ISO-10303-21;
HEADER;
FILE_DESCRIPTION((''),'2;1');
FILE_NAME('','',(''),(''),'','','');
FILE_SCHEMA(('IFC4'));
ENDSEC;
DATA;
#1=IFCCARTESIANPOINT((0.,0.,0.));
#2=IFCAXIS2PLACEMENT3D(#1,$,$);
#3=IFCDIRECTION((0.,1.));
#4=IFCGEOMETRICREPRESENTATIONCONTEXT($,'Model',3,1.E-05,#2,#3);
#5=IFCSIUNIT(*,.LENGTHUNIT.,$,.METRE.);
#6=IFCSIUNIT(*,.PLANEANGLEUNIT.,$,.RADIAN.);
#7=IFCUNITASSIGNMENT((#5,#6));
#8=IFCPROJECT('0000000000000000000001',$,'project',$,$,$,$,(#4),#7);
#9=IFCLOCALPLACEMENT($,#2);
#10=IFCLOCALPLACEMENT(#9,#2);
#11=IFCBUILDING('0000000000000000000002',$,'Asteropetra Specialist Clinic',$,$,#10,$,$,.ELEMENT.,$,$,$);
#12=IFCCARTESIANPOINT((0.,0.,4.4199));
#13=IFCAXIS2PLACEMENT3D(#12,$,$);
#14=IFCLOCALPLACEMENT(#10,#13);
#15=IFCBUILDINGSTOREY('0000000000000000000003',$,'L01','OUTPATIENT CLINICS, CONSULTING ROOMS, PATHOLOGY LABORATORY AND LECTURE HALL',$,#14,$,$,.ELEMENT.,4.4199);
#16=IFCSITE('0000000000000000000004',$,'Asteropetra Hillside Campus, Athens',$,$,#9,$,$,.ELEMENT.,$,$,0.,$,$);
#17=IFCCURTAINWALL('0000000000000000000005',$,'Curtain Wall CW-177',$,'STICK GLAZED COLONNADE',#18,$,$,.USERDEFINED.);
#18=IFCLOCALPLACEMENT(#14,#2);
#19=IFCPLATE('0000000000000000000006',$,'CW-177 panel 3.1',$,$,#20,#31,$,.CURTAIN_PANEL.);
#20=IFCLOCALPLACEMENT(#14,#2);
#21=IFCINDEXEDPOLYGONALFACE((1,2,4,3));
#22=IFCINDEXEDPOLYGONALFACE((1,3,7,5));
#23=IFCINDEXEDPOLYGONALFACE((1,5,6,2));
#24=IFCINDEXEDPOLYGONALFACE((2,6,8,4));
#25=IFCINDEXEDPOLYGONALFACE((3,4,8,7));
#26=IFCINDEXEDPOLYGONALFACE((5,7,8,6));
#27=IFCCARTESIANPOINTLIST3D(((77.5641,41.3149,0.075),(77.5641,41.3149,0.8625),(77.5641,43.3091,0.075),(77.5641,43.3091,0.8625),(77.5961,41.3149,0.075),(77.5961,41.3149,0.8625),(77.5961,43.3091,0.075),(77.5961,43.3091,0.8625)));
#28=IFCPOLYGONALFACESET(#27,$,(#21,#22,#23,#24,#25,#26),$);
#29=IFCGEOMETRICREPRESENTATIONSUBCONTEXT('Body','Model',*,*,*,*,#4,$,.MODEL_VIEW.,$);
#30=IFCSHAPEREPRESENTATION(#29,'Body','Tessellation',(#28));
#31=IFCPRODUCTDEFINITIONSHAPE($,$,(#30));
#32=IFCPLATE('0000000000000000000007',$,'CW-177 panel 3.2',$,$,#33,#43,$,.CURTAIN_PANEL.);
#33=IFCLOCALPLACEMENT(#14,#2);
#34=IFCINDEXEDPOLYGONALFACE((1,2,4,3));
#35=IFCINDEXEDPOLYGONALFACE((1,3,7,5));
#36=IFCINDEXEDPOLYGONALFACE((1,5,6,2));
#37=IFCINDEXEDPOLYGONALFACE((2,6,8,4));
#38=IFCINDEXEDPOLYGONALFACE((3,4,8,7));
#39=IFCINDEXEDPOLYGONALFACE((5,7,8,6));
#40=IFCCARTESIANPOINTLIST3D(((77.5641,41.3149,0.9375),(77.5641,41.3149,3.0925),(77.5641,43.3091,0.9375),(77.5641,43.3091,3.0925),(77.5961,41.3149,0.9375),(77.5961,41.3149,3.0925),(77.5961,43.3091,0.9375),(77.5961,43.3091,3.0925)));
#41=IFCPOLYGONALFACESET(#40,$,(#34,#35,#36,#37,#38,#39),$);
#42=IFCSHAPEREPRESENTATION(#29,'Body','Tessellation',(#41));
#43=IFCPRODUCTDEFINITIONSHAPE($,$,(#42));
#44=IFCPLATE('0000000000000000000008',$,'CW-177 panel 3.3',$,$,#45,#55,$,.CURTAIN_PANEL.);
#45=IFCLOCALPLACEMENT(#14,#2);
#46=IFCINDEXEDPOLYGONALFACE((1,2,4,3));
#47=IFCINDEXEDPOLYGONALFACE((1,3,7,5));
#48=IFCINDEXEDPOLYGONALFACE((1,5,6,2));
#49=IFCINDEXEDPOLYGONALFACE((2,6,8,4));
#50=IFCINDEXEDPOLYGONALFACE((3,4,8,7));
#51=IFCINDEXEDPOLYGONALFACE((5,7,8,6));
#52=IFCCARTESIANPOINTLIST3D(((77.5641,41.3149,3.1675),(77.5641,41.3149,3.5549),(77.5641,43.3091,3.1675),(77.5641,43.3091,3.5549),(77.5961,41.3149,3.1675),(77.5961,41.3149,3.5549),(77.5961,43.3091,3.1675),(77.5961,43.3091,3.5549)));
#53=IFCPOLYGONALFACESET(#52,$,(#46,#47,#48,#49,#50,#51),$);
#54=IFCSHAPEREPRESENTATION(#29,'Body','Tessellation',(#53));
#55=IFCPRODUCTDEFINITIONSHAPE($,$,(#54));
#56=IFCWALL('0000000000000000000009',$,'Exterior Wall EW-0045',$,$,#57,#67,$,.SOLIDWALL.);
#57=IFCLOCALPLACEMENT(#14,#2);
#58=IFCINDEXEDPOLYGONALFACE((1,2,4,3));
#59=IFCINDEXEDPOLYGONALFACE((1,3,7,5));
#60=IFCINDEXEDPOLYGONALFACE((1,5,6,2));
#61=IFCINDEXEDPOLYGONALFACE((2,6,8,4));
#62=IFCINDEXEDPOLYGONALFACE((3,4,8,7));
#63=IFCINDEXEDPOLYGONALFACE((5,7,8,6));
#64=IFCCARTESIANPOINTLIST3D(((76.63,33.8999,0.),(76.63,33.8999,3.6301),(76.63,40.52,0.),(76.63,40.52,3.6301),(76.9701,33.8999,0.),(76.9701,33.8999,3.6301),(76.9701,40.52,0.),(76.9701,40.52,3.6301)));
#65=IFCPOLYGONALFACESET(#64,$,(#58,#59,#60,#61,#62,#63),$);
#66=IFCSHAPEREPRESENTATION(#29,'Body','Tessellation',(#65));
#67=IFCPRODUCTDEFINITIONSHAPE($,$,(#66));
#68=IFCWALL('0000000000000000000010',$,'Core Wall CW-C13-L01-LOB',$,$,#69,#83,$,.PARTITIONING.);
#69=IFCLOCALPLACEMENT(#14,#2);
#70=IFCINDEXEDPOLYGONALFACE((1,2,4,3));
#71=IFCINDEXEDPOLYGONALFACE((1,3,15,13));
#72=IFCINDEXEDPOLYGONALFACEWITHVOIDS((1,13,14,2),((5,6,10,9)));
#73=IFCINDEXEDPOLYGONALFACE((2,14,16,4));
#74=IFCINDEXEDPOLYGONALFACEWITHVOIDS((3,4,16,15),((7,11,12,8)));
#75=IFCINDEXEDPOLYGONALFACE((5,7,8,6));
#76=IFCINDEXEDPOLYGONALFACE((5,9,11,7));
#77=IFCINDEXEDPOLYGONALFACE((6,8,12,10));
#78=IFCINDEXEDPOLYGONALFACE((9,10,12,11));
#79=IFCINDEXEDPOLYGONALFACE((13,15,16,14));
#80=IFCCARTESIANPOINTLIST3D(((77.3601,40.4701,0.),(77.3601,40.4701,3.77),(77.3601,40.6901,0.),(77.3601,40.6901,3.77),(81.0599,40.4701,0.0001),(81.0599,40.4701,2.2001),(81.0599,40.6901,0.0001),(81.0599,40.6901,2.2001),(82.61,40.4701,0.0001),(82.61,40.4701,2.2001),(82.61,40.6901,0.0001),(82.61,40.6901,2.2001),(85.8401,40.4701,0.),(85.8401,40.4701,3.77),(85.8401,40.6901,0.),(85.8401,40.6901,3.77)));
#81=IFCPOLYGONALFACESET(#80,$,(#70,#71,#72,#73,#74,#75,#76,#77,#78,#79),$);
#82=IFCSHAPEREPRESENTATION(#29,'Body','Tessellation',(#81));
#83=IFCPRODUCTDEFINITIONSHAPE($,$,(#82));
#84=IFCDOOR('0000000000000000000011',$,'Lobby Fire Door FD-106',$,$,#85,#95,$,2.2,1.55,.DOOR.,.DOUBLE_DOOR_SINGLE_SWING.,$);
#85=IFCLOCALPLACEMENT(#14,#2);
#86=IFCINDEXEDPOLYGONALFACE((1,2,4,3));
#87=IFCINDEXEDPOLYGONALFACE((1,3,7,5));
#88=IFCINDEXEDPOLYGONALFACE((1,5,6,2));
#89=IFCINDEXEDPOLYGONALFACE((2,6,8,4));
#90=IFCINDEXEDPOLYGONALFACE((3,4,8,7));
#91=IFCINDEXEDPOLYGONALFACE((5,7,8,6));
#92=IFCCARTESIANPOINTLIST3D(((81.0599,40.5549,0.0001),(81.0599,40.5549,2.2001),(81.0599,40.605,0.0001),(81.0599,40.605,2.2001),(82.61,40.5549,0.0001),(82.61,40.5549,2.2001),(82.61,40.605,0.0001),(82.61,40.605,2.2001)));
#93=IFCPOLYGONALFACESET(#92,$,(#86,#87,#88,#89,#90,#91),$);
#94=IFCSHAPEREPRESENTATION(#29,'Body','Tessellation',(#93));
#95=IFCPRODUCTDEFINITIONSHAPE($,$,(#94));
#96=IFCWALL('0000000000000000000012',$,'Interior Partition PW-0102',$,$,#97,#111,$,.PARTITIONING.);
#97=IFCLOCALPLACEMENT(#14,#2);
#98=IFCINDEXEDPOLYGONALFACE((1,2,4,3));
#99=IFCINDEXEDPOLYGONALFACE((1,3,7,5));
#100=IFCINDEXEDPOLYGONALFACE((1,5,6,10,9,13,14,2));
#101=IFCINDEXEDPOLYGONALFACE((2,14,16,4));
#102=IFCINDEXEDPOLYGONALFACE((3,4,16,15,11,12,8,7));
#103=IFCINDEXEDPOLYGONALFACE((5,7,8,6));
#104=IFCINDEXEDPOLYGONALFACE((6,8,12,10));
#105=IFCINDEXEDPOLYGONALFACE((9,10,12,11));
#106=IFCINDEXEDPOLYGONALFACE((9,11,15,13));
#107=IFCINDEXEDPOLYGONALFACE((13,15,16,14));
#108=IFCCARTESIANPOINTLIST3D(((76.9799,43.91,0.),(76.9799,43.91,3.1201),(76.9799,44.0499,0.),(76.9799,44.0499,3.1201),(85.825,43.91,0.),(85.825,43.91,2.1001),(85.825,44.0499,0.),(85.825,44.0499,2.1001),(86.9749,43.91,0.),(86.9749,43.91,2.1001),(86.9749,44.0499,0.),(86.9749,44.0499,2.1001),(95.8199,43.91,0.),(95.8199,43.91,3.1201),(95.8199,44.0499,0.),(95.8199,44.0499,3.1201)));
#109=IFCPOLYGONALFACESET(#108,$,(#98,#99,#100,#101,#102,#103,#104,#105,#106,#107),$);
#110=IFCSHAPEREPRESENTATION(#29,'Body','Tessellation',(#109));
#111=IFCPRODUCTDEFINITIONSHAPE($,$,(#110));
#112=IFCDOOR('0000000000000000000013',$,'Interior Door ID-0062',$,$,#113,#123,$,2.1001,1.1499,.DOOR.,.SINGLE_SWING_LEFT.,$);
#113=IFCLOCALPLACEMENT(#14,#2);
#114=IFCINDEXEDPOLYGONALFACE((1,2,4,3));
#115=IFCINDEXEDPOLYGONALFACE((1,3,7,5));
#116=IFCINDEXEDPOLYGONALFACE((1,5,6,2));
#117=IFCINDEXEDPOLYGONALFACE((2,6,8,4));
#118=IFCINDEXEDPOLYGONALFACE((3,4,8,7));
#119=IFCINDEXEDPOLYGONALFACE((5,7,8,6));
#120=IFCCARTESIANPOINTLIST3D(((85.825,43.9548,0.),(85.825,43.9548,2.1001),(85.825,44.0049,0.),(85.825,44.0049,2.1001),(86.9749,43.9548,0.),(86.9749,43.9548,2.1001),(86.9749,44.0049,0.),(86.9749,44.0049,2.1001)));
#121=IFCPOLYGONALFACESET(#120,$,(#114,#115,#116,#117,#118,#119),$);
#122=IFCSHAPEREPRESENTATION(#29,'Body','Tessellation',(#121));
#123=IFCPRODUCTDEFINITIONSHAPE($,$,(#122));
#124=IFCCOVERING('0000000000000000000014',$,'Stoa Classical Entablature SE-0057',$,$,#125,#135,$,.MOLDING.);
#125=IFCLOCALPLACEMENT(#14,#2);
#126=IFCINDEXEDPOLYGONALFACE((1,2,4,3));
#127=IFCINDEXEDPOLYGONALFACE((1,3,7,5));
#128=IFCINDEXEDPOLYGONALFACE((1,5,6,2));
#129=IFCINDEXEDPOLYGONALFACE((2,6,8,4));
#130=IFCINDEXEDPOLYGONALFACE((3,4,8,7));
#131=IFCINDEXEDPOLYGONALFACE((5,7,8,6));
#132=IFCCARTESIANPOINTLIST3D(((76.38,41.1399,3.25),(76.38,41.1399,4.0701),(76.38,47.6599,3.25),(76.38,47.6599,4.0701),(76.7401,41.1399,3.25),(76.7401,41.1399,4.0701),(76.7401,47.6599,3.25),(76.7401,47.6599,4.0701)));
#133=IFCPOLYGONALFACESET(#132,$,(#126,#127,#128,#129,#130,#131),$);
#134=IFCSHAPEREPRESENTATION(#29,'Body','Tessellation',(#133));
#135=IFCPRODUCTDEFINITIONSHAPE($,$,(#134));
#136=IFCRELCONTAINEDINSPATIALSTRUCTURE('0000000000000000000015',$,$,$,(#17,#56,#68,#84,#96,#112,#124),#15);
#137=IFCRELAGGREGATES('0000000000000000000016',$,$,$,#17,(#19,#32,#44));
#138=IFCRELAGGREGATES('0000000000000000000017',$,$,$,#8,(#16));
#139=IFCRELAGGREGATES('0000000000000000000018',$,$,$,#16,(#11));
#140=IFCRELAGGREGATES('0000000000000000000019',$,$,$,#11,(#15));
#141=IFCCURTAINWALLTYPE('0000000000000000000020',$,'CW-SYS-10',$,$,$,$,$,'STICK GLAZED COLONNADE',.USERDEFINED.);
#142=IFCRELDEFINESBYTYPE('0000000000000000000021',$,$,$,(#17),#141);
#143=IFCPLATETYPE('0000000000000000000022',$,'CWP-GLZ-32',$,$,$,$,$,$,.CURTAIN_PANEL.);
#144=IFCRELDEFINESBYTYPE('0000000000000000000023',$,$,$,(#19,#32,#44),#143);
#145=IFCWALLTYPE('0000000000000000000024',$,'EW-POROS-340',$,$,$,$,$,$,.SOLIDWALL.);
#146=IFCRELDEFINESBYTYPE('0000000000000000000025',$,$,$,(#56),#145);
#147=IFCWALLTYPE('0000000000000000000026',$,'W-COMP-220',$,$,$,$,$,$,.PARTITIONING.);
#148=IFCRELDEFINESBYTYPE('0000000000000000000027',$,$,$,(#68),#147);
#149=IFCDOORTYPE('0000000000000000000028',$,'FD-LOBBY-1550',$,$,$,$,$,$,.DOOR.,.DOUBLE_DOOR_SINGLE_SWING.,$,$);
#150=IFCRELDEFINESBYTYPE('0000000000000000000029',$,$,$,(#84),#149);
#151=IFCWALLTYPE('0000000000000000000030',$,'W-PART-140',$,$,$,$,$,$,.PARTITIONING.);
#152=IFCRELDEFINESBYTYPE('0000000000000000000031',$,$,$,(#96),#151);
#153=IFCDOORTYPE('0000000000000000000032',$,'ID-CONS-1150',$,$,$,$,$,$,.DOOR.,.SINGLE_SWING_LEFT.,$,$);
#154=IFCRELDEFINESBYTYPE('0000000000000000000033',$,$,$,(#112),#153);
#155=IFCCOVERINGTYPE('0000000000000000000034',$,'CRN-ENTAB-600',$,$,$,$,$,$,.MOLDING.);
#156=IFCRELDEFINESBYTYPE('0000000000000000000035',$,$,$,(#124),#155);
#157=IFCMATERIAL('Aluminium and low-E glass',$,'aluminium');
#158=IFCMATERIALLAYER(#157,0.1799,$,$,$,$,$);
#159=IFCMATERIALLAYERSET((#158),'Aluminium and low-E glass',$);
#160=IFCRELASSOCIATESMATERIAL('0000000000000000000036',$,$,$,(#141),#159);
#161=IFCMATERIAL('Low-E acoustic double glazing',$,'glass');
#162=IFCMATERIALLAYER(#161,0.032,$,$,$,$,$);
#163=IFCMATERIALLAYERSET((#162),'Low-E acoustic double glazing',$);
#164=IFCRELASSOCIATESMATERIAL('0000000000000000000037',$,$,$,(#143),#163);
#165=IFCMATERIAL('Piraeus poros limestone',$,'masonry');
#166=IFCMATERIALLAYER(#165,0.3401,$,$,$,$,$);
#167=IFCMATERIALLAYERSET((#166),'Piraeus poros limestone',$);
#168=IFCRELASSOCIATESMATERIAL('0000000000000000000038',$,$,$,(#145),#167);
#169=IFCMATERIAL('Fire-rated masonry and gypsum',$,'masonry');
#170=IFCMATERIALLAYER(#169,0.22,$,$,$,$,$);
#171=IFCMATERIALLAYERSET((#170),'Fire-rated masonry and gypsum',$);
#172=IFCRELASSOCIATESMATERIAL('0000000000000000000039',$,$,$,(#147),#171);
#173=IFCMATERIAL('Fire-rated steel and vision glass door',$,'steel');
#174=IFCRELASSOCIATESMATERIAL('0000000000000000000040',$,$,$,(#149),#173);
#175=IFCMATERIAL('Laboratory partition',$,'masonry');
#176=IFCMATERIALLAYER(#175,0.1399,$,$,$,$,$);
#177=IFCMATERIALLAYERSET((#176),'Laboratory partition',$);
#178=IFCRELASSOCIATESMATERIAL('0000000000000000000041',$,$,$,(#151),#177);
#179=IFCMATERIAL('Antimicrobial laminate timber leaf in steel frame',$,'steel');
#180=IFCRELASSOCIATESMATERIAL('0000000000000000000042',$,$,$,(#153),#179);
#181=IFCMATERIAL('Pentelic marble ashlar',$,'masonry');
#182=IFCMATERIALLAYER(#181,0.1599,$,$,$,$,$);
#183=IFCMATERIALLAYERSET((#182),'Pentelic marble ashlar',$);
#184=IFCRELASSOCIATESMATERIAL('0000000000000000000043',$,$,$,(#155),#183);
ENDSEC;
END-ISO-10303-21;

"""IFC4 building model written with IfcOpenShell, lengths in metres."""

from ifc_helpers import new_model, si_unit, direction, frame, frame_2d, origin, origin_2d, place, context, subcontext, project, spatial, rectangle, extrude, material, layer, layer_set, type_object, element, fill, aggregate, save


model = new_model("IFC4")

# Units and contexts
model_context = context("Model", 3, precision=1e-05, world=origin(), true_north=direction((0.0, 1.0)))
body_context = subcontext(model_context, "Body", "Model", "MODEL_VIEW")
ifc_project = project(units=[si_unit("LENGTHUNIT", "METRE"), si_unit("PLANEANGLEUNIT", "RADIAN")], contexts=[model_context])

# Site, building, storey
site_placement = place(None, origin())
site = spatial("IfcSite", under=ifc_project, at=site_placement, Name="Asteropetra Hillside Campus, Athens", CompositionType="ELEMENT", RefElevation=0.0)
building_placement = place(site_placement, origin())
building = spatial("IfcBuilding", under=site, at=building_placement, Name="Asteropetra Specialist Clinic", CompositionType="ELEMENT")
storey_placement = place(building_placement, frame((0.0, 0.0, 4.4199)))
storey = spatial("IfcBuildingStorey", under=building, at=storey_placement, Name="L01", Description="OUTPATIENT CLINICS, CONSULTING ROOMS, PATHOLOGY LABORATORY AND LECTURE HALL", CompositionType="ELEMENT", Elevation=4.4199)

# Curtain wall
ifc_material_1 = material(Name="Aluminium and low-E glass", Category="aluminium")
ifc_layer_1 = layer(ifc_material_1, 0.1799)
ifc_layer_set_1 = layer_set([ifc_layer_1], Name="Aluminium and low-E glass")
curtain_wall_type = type_object("IfcCurtainWallType", Name="CW-SYS-10", ElementType="STICK GLAZED COLONNADE", PredefinedType="USERDEFINED", material=ifc_layer_set_1)
curtain_wall_placement = place(storey_placement, origin())
curtain_wall = element("IfcCurtainWall", 1, at=curtain_wall_placement, inside=storey, type_object=curtain_wall_type, Name="Curtain Wall CW-177", ObjectType="STICK GLAZED COLONNADE", PredefinedType="USERDEFINED")

# Plates
ifc_material_2 = material(Name="Low-E acoustic double glazing", Category="glass")
ifc_layer_2 = layer(ifc_material_2, 0.032)
ifc_layer_set_2 = layer_set([ifc_layer_2], Name="Low-E acoustic double glazing")
plate_type = type_object("IfcPlateType", Name="CWP-GLZ-32", PredefinedType="CURTAIN_PANEL", material=ifc_layer_set_2)
plate_1_placement = place(storey_placement, frame((77.5801, 42.312, 0.075), z_axis=(0.0, 0.0, 1.0), x_axis=(0.0, -1.0, 0.0)))
plate_1 = element("IfcPlate", 2, at=plate_1_placement, type_object=plate_type, Name="CW-177 panel 3.1", PredefinedType="CURTAIN_PANEL", context=body_context, shape_type="SweptSolid", body=[
    extrude(rectangle(XDim=1.9941, YDim=0.032, at=origin_2d()), origin(), (0.0, 0.0, 1.0), 0.7876),
])
plate_2_placement = place(storey_placement, frame((77.5801, 42.312, 0.9375), z_axis=(0.0, 0.0, 1.0), x_axis=(0.0, -1.0, 0.0)))
plate_2 = element("IfcPlate", 3, at=plate_2_placement, type_object=plate_type, Name="CW-177 panel 3.2", PredefinedType="CURTAIN_PANEL", context=body_context, shape_type="SweptSolid", body=[
    extrude(rectangle(XDim=1.9941, YDim=0.032, at=origin_2d()), origin(), (0.0, 0.0, 1.0), 2.155),
])
plate_3_placement = place(storey_placement, frame((77.5801, 42.312, 3.1675), z_axis=(0.0, 0.0, 1.0), x_axis=(0.0, -1.0, 0.0)))
plate_3 = element("IfcPlate", 4, at=plate_3_placement, type_object=plate_type, Name="CW-177 panel 3.3", PredefinedType="CURTAIN_PANEL", context=body_context, shape_type="SweptSolid", body=[
    extrude(rectangle(XDim=1.9941, YDim=0.032, at=origin_2d()), origin(), (0.0, 0.0, 1.0), 0.3875),
])
aggregate(curtain_wall, [plate_1, plate_2, plate_3])

# Wall
ifc_material_3 = material(Name="Piraeus poros limestone", Category="masonry")
ifc_layer_3 = layer(ifc_material_3, 0.3401)
ifc_layer_set_3 = layer_set([ifc_layer_3], Name="Piraeus poros limestone")
wall_type_1 = type_object("IfcWallType", Name="EW-POROS-340", PredefinedType="SOLIDWALL", material=ifc_layer_set_3)
wall_1_placement = place(storey_placement, frame((76.8, 40.52, 0.0), z_axis=(0.0, 0.0, 1.0), x_axis=(0.0, -1.0, 0.0)))
element("IfcWall", 5, at=wall_1_placement, inside=storey, type_object=wall_type_1, Name="Exterior Wall EW-0045", PredefinedType="SOLIDWALL", context=body_context, shape_type="SweptSolid", body=[
    extrude(rectangle(XDim=6.6201, YDim=0.3401, at=frame_2d((3.3101, 0.0))), origin(), (0.0, 0.0, 1.0), 3.6301),
])

# Walls, openings, doors
ifc_material_4 = material(Name="Fire-rated masonry and gypsum", Category="masonry")
ifc_layer_4 = layer(ifc_material_4, 0.22)
ifc_layer_set_4 = layer_set([ifc_layer_4], Name="Fire-rated masonry and gypsum")
wall_type_2 = type_object("IfcWallType", Name="W-COMP-220", PredefinedType="PARTITIONING", material=ifc_layer_set_4)
wall_2_placement = place(storey_placement, frame((77.3601, 40.5801, 0.0), z_axis=(0.0, 0.0, 1.0), x_axis=(1.0, 0.0, 0.0)))
wall_2 = element("IfcWall", 6, at=wall_2_placement, inside=storey, type_object=wall_type_2, Name="Core Wall CW-C13-L01-LOB", PredefinedType="PARTITIONING", context=body_context, shape_type="SweptSolid", body=[
    extrude(rectangle(XDim=8.48, YDim=0.22, at=frame_2d((4.24, 0.0))), origin(), (0.0, 0.0, 1.0), 3.77),
])
opening_1_placement = place(wall_2_placement, frame((3.7, 0.0, 0.0)))
opening_1 = element("IfcOpeningElement", 7, at=opening_1_placement, cuts=wall_2, PredefinedType="OPENING", context=body_context, shape_type="SweptSolid", body=[
    extrude(rectangle(XDim=1.55, YDim=2.2, at=frame_2d((0.7749, 1.1001))), frame((0.0, 0.1199, 0.0), z_axis=(0.0, -1.0, 0.0), x_axis=(1.0, 0.0, 0.0)), (0.0, 0.0, 1.0), 0.24),
])
ifc_material_5 = material(Name="Fire-rated steel and vision glass door", Category="steel")
door_type_1 = type_object("IfcDoorType", Name="FD-LOBBY-1550", OperationType="DOUBLE_DOOR_SINGLE_SWING", PredefinedType="DOOR", material=ifc_material_5)
door_1_placement = place(opening_1_placement, origin())
door_1 = element("IfcDoor", 8, at=door_1_placement, inside=storey, type_object=door_type_1, Name="Lobby Fire Door FD-106", OperationType="DOUBLE_DOOR_SINGLE_SWING", OverallHeight=2.2, OverallWidth=1.55, PredefinedType="DOOR", context=body_context, shape_type="SweptSolid", body=[
    extrude(rectangle(XDim=1.55, YDim=2.2, at=frame_2d((0.7749, 1.1001))), frame((0.0, 0.0249, 0.0), z_axis=(0.0, -1.0, 0.0), x_axis=(1.0, 0.0, 0.0)), (0.0, 0.0, 1.0), 0.05),
])
fill(opening_1, door_1)
ifc_material_6 = material(Name="Laboratory partition", Category="masonry")
ifc_layer_5 = layer(ifc_material_6, 0.1399)
ifc_layer_set_5 = layer_set([ifc_layer_5], Name="Laboratory partition")
wall_type_3 = type_object("IfcWallType", Name="W-PART-140", PredefinedType="PARTITIONING", material=ifc_layer_set_5)
wall_3_placement = place(storey_placement, frame((76.98, 43.98, 0.0), z_axis=(0.0, 0.0, 1.0), x_axis=(1.0, 0.0, 0.0)))
wall_3 = element("IfcWall", 9, at=wall_3_placement, inside=storey, type_object=wall_type_3, Name="Interior Partition PW-0102", PredefinedType="PARTITIONING", context=body_context, shape_type="SweptSolid", body=[
    extrude(rectangle(XDim=18.8401, YDim=0.1399, at=frame_2d((9.4199, 0.0))), origin(), (0.0, 0.0, 1.0), 3.1201),
])
opening_2_placement = place(wall_3_placement, frame((8.845, 0.0, 0.0)))
opening_2 = element("IfcOpeningElement", 10, at=opening_2_placement, cuts=wall_3, PredefinedType="OPENING", context=body_context, shape_type="SweptSolid", body=[
    extrude(rectangle(XDim=1.1499, YDim=2.1001, at=frame_2d((0.575, 1.05))), frame((0.0, 0.0798, 0.0), z_axis=(0.0, -1.0, 0.0), x_axis=(1.0, 0.0, 0.0)), (0.0, 0.0, 1.0), 0.1599),
])
ifc_material_7 = material(Name="Antimicrobial laminate timber leaf in steel frame", Category="steel")
door_type_2 = type_object("IfcDoorType", Name="ID-CONS-1150", OperationType="SINGLE_SWING_LEFT", PredefinedType="DOOR", material=ifc_material_7)
door_2_placement = place(opening_2_placement, origin())
door_2 = element("IfcDoor", 11, at=door_2_placement, inside=storey, type_object=door_type_2, Name="Interior Door ID-0062", OperationType="SINGLE_SWING_LEFT", OverallHeight=2.1001, OverallWidth=1.1499, PredefinedType="DOOR", context=body_context, shape_type="SweptSolid", body=[
    extrude(rectangle(XDim=1.1499, YDim=2.1001, at=frame_2d((0.575, 1.05))), frame((0.0, 0.0249, 0.0), z_axis=(0.0, -1.0, 0.0), x_axis=(1.0, 0.0, 0.0)), (0.0, 0.0, 1.0), 0.05),
])
fill(opening_2, door_2)

# Covering
ifc_material_8 = material(Name="Pentelic marble ashlar", Category="masonry")
ifc_layer_6 = layer(ifc_material_8, 0.1599)
ifc_layer_set_6 = layer_set([ifc_layer_6], Name="Pentelic marble ashlar")
covering_type = type_object("IfcCoveringType", Name="CRN-ENTAB-600", PredefinedType="MOLDING", material=ifc_layer_set_6)
covering_placement = place(storey_placement, frame((76.5601, 44.3999, 3.25), z_axis=(0.0, 0.0, 1.0), x_axis=(1.0, 0.0, 0.0)))
element("IfcCovering", 12, at=covering_placement, inside=storey, type_object=covering_type, Name="Stoa Classical Entablature SE-0057", PredefinedType="MOLDING", context=body_context, shape_type="SweptSolid", body=[
    extrude(rectangle(XDim=0.3601, YDim=6.52, at=origin_2d()), origin(), (0.0, 0.0, 1.0), 0.8201),
])

save(model, "model.ifc")
